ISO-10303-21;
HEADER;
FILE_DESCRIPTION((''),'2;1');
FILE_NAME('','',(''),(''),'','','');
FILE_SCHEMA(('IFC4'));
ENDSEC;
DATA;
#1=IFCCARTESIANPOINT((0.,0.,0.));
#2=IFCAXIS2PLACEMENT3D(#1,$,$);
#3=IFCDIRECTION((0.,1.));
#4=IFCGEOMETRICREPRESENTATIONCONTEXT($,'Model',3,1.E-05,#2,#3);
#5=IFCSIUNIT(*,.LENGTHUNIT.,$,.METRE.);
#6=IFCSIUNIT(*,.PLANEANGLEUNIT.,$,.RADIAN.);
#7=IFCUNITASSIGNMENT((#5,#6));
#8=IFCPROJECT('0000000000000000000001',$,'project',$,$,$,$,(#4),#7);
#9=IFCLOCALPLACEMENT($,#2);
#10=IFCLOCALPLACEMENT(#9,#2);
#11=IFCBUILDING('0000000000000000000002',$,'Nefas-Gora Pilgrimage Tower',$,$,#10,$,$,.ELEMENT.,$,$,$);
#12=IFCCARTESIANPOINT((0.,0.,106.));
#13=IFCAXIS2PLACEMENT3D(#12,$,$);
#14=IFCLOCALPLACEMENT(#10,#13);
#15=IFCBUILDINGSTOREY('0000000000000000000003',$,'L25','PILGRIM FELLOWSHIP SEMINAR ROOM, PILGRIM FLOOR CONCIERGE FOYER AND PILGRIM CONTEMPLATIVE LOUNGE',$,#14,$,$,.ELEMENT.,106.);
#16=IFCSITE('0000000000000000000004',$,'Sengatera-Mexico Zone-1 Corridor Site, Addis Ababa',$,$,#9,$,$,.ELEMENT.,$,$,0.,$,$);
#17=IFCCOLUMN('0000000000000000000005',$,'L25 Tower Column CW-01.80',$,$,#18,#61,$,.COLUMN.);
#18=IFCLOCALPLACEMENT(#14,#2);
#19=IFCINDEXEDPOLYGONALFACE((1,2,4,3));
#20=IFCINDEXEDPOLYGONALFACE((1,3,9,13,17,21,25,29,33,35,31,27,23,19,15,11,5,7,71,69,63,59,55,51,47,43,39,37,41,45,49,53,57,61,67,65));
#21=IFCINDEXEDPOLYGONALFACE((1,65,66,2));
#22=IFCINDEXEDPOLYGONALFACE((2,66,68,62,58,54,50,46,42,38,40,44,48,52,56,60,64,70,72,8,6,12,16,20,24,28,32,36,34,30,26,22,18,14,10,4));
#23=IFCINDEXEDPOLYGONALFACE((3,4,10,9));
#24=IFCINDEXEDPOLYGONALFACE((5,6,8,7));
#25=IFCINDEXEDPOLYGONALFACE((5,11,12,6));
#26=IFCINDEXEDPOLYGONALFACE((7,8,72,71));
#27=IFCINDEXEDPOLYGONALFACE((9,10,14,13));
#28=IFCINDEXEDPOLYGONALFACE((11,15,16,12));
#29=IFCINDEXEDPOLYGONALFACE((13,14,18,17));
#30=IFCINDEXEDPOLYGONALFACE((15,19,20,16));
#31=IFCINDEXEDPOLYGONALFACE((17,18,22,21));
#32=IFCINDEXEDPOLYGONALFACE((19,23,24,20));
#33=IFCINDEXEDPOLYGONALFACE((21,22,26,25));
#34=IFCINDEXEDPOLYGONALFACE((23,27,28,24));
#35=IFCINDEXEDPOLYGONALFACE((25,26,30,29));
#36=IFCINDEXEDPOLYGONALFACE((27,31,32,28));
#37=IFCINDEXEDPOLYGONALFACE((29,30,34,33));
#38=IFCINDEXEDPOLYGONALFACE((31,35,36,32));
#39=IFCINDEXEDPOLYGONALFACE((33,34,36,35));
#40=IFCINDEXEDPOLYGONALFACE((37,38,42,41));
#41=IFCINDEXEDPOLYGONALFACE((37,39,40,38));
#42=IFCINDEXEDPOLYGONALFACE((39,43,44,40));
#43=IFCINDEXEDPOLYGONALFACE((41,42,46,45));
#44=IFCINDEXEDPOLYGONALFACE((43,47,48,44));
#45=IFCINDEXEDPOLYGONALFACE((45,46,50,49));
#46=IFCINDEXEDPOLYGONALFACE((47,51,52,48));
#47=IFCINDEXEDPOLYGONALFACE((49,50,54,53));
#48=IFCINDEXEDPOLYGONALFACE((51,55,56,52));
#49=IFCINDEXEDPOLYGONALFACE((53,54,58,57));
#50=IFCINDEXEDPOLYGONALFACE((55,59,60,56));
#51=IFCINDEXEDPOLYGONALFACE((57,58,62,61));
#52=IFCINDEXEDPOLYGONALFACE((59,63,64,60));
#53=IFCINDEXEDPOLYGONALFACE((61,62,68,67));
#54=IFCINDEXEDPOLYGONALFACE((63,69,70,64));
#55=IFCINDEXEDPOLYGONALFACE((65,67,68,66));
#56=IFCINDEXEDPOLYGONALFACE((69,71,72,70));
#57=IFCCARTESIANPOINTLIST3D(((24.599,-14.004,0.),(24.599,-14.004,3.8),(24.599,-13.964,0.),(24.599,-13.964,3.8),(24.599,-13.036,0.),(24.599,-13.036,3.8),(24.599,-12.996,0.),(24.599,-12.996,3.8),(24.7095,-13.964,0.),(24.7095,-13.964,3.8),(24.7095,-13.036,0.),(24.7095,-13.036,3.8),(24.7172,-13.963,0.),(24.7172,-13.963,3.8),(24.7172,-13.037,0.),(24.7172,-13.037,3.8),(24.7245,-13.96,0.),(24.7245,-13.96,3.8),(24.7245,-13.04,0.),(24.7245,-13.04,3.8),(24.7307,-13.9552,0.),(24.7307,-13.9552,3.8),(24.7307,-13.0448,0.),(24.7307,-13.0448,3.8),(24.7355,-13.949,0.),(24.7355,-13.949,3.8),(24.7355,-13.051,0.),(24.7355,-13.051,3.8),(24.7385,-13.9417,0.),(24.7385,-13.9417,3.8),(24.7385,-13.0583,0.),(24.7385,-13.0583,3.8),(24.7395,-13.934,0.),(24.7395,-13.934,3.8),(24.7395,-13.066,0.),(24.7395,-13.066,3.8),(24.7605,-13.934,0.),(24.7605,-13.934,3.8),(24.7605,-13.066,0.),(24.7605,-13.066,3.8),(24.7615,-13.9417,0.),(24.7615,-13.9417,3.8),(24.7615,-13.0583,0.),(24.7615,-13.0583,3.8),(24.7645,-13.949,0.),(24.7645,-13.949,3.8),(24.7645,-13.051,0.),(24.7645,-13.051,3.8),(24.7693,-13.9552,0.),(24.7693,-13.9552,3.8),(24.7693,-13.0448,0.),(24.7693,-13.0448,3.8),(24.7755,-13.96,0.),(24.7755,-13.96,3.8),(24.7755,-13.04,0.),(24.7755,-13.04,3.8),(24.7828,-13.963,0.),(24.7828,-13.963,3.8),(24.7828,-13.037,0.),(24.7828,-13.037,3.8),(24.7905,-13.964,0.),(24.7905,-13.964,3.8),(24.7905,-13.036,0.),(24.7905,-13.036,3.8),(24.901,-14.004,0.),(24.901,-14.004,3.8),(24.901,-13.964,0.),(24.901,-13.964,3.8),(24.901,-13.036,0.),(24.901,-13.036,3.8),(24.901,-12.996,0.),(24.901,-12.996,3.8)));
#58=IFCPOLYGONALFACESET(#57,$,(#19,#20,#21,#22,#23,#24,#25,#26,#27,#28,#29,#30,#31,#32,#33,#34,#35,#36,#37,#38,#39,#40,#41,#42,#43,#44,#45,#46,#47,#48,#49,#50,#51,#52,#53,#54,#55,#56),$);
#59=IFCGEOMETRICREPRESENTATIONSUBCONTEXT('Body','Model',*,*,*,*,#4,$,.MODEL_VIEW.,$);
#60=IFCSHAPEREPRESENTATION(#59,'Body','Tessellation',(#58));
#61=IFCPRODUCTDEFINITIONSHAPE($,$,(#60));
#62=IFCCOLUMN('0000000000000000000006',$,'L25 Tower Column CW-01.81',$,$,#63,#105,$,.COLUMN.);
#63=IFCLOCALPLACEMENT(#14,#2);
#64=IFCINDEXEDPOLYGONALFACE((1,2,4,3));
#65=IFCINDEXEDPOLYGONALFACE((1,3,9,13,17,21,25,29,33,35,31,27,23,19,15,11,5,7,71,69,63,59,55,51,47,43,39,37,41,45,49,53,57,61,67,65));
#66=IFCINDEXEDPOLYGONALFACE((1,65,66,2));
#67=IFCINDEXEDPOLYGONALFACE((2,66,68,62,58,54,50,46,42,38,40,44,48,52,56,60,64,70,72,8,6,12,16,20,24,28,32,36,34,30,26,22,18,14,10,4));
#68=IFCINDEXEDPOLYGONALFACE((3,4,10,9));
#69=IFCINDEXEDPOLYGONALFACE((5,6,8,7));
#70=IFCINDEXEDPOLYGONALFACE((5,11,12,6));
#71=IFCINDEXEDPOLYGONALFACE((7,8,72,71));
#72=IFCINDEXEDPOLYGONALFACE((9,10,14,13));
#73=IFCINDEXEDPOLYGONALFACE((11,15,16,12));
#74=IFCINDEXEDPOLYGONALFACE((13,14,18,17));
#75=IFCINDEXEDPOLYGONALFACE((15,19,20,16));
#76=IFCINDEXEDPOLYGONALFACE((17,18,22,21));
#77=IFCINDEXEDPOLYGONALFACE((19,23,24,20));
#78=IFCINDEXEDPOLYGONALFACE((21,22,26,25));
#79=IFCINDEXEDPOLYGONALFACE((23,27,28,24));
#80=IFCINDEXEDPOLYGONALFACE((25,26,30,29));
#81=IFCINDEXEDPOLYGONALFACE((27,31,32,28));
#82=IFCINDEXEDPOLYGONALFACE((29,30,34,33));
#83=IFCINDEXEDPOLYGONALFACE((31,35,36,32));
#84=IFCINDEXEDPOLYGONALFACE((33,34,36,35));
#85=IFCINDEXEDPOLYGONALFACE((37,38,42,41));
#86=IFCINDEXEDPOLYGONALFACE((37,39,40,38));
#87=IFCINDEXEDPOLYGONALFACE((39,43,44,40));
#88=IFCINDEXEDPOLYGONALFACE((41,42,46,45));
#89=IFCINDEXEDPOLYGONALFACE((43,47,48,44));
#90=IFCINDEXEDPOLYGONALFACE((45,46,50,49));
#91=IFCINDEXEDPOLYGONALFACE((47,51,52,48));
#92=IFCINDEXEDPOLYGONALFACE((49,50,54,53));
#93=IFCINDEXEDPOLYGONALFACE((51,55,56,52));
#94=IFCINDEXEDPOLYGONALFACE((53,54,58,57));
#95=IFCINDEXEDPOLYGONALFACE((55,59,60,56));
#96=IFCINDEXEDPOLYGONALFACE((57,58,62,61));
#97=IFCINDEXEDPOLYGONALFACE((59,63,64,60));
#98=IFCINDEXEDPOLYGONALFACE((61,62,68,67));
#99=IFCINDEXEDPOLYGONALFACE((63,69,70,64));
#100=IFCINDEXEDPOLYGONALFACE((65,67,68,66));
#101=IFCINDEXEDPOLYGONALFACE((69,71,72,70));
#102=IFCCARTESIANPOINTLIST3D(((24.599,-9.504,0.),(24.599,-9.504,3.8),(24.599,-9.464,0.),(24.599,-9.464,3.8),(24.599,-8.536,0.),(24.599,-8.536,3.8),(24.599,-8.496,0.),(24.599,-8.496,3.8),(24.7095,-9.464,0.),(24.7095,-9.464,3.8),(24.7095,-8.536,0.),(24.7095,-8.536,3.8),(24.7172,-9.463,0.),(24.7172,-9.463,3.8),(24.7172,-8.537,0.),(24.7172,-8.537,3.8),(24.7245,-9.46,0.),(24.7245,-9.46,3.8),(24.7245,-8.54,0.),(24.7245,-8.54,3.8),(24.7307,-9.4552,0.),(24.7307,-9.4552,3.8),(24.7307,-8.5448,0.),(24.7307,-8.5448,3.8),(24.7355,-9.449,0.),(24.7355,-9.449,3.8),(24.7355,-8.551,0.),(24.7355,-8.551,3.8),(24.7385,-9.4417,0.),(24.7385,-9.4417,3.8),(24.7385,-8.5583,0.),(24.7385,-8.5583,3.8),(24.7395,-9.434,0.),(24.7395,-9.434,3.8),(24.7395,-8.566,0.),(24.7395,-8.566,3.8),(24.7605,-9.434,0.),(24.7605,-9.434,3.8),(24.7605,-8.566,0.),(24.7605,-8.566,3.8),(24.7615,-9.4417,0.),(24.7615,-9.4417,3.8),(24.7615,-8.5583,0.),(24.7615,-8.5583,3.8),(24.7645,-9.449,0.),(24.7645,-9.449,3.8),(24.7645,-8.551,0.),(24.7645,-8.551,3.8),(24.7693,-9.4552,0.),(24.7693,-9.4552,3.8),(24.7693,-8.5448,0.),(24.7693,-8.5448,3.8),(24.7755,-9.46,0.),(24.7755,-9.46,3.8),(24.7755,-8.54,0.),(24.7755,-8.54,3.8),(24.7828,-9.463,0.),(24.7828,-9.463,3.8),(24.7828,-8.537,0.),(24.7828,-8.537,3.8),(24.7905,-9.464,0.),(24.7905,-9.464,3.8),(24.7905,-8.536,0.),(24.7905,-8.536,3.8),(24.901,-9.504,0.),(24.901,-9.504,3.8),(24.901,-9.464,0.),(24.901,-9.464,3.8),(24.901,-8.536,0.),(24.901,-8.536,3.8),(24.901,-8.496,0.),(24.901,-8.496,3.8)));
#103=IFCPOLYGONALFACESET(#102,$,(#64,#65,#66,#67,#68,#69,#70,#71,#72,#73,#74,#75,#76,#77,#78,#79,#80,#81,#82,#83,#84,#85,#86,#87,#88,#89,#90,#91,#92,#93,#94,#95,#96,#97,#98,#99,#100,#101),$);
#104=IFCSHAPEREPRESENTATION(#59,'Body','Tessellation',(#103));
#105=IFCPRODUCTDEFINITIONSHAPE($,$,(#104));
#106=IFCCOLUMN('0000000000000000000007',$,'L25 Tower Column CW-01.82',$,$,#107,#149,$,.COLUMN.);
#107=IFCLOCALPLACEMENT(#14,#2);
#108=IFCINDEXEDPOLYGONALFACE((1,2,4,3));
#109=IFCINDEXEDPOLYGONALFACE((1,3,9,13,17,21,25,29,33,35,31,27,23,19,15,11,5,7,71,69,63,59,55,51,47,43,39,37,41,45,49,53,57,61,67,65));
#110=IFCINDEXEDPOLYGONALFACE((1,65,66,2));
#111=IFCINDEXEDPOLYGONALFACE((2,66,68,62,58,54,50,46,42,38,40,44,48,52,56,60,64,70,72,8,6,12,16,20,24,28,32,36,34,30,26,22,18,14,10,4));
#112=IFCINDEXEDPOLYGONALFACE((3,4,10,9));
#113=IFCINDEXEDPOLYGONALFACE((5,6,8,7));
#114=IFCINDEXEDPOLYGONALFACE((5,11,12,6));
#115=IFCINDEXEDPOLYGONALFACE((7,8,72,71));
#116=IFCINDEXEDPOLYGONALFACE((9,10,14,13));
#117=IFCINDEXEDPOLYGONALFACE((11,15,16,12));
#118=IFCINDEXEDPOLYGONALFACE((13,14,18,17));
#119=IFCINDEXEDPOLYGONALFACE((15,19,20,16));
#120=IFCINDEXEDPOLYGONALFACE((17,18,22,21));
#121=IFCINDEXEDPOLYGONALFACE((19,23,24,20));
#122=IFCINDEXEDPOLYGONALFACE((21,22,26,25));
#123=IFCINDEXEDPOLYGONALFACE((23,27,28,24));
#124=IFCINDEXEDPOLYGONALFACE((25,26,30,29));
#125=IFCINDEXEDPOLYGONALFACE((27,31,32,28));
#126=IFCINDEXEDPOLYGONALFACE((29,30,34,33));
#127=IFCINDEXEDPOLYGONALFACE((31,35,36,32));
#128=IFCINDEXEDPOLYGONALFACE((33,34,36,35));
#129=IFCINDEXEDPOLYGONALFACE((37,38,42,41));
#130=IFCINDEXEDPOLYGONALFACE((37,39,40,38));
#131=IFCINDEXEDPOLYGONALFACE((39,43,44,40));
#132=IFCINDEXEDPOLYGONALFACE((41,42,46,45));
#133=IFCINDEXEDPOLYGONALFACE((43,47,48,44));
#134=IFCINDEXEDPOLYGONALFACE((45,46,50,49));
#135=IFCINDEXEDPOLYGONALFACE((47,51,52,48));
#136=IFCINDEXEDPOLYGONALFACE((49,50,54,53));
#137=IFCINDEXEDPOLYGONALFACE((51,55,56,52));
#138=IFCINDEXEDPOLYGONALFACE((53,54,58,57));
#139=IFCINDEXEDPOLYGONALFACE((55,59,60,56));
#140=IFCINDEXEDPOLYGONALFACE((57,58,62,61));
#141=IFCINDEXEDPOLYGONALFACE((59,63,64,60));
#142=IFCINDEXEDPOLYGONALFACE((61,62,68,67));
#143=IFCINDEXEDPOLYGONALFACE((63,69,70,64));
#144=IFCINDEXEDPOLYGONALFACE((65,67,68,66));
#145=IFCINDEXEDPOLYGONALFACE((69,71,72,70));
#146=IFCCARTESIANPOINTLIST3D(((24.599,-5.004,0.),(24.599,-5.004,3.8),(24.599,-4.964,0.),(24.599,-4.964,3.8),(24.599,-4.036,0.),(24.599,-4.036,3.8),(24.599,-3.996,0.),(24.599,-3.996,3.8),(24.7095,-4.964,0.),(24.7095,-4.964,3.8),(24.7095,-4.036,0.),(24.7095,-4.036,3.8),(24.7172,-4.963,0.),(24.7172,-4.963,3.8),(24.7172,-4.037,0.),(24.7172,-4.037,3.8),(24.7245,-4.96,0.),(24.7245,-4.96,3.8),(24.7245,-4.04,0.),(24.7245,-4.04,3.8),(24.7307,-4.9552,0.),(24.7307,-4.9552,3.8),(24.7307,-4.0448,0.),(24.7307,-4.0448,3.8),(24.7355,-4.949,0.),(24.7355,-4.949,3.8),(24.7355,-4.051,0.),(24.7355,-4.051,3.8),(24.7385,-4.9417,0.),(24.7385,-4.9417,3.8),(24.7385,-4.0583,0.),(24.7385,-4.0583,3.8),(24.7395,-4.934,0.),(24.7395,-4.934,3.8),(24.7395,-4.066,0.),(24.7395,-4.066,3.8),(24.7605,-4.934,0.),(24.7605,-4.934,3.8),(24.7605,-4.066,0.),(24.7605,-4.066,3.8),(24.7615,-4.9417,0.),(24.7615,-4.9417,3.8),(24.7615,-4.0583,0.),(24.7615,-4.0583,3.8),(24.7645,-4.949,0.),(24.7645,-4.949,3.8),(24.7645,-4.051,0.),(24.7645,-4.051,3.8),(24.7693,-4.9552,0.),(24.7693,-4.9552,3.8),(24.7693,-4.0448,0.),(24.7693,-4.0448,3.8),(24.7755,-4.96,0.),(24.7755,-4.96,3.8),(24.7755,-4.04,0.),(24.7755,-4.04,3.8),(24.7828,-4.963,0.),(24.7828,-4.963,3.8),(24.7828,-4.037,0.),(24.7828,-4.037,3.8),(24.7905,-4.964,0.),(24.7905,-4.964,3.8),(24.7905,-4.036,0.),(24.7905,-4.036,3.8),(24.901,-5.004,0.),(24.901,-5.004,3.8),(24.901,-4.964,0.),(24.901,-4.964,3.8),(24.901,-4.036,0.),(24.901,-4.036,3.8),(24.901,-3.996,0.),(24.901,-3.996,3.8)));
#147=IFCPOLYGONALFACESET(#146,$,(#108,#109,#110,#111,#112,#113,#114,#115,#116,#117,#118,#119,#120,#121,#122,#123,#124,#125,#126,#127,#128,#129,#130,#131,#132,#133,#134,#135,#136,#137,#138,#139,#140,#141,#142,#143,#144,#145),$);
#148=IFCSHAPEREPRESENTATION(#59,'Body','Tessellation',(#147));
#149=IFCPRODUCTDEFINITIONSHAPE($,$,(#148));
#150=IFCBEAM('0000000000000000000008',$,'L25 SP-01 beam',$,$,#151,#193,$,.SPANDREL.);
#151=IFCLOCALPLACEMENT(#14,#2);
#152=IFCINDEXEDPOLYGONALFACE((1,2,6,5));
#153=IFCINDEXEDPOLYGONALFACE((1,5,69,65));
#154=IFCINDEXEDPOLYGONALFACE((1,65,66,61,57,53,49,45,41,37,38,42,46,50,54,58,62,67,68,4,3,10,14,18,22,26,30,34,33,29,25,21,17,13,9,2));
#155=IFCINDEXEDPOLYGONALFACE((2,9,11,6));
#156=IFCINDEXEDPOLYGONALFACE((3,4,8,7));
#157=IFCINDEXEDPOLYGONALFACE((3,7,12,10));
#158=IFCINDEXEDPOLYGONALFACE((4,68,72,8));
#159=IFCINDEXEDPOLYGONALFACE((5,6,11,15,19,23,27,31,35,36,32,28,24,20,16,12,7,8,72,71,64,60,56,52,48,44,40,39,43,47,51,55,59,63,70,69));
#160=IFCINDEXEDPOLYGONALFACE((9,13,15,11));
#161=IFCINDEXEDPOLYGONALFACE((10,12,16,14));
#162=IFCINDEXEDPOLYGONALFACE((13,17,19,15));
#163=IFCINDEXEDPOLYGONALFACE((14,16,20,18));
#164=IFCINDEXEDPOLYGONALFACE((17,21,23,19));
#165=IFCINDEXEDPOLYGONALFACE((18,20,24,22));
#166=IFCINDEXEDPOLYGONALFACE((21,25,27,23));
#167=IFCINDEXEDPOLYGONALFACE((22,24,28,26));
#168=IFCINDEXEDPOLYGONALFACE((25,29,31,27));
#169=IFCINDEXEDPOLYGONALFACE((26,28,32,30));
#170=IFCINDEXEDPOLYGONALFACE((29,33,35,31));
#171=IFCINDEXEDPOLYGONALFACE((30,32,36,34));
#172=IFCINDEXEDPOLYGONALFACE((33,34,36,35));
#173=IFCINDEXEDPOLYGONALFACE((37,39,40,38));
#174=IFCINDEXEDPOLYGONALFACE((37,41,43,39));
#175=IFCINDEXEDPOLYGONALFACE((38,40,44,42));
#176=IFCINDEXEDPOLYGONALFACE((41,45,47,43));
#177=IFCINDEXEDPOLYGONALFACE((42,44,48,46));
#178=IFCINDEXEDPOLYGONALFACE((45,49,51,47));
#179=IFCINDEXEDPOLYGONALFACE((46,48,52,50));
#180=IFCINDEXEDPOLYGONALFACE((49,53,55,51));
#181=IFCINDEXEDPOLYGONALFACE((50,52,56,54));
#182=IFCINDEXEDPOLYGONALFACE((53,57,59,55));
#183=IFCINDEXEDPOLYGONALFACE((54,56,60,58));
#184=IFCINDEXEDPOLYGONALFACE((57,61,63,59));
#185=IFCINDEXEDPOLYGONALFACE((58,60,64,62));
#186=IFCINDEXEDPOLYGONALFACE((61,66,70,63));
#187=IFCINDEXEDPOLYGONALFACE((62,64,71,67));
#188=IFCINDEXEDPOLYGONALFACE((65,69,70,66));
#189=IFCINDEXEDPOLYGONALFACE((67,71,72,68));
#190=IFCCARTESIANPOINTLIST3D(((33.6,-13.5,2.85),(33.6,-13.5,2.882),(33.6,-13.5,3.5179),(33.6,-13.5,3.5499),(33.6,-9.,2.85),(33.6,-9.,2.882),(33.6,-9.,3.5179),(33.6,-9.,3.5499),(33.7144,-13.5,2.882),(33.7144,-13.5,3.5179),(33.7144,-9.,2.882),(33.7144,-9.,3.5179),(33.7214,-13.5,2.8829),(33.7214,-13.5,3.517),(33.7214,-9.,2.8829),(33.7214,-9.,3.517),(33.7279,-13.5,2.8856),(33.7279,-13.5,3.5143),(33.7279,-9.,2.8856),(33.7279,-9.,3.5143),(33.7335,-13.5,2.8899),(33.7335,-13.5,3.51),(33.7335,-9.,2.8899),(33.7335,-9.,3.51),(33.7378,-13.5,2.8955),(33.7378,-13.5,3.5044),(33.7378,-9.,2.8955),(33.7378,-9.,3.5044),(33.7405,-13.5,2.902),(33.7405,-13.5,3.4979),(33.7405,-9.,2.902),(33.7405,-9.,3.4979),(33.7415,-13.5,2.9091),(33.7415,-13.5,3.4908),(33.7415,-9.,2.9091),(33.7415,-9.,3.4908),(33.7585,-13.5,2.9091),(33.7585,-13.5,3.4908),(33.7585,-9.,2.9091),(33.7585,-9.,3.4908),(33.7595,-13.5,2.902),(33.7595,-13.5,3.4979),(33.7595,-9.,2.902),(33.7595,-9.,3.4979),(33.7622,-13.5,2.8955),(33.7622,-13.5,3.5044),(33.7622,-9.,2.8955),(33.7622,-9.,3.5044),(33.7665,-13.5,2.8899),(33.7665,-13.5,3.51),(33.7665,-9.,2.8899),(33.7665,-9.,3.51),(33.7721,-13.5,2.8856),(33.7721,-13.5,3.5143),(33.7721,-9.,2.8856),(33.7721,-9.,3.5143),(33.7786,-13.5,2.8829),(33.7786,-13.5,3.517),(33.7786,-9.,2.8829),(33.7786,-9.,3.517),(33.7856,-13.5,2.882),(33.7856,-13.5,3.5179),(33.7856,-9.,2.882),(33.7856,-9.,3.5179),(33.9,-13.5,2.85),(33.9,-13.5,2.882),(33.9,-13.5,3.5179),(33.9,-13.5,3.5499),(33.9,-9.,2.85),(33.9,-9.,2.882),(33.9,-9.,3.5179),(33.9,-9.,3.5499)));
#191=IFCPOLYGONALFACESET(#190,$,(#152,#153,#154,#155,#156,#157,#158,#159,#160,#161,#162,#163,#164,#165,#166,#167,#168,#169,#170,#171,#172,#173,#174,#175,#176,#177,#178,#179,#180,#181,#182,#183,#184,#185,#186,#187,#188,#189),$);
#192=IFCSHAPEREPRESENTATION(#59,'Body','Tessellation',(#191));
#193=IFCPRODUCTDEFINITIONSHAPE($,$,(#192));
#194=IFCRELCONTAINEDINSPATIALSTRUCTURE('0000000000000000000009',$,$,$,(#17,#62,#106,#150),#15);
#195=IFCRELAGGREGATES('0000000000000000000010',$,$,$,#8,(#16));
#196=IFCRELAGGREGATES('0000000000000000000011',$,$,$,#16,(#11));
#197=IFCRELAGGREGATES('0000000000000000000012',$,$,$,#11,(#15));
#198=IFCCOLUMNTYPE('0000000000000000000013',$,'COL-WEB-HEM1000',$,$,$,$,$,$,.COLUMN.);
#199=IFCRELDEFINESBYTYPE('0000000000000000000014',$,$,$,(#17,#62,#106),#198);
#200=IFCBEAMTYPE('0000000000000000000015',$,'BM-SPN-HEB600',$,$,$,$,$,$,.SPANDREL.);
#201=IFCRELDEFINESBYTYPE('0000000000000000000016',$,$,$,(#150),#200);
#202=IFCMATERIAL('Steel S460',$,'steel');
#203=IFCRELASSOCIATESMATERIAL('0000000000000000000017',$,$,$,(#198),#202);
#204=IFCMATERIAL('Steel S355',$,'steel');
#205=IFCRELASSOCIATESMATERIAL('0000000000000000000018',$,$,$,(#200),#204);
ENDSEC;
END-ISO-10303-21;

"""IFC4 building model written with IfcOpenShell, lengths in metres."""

from ifc_helpers import new_model, si_unit, direction, frame, origin, origin_2d, place, context, subcontext, project, spatial, i_section, extrude, source, transform, mapped, material, material_profile, profile_set, type_object, element, save


model = new_model("IFC4")

# Units and contexts
model_context = context("Model", 3, precision=1e-05, world=origin(), true_north=direction((0.0, 1.0)))
body_context = subcontext(model_context, "Body", "Model", "MODEL_VIEW")
ifc_project = project(units=[si_unit("LENGTHUNIT", "METRE"), si_unit("PLANEANGLEUNIT", "RADIAN")], contexts=[model_context])

# Site, building, storey
site_placement = place(None, origin())
site = spatial("IfcSite", under=ifc_project, at=site_placement, Name="Sengatera-Mexico Zone-1 Corridor Site, Addis Ababa", CompositionType="ELEMENT", RefElevation=0.0)
building_placement = place(site_placement, origin())
building = spatial("IfcBuilding", under=site, at=building_placement, Name="Nefas-Gora Pilgrimage Tower", CompositionType="ELEMENT")
storey_placement = place(building_placement, frame((0.0, 0.0, 106.0)))
storey = spatial("IfcBuildingStorey", under=building, at=storey_placement, Name="L25", Description="PILGRIM FELLOWSHIP SEMINAR ROOM, PILGRIM FLOOR CONCIERGE FOYER AND PILGRIM CONTEMPLATIVE LOUNGE", CompositionType="ELEMENT", Elevation=106.0)

# Columns
ifc_material_1 = material(Name="Steel S460", Category="steel")
ifc_material_profile_1 = material_profile(ifc_material_1, i_section(OverallWidth=0.302, OverallDepth=1.0081, WebThickness=0.021, FlangeThickness=0.04, FilletRadius=0.03, at=origin_2d()), Name="HEM 1000")
ifc_profile_set_1 = profile_set([ifc_material_profile_1], Name="Steel S460")
column_type_1 = type_object("IfcColumnType", Name="COL-WEB-HEM1000", PredefinedType="COLUMN", material=ifc_profile_set_1)
shared_shape_1 = source(origin(), body_context, "Body", "SweptSolid", [
    extrude(i_section(OverallWidth=0.302, OverallDepth=1.0081, WebThickness=0.021, FlangeThickness=0.04, FilletRadius=0.03, at=origin_2d()), origin(), (0.0, 0.0, 1.0), 3.8),
])
for number, where, z_axis, x_axis, name in (
    (1, (24.75, -13.5, 0.0), (0.0, 0.0, 1.0), (1.0, 0.0, 0.0), "L25 Tower Column CW-01.80"),
    (2, (24.75, -9.0, 0.0), (0.0, 0.0, 1.0), (1.0, 0.0, 0.0), "L25 Tower Column CW-01.81"),
    (3, (24.75, -4.5, 0.0), (0.0, 0.0, 1.0), (1.0, 0.0, 0.0), "L25 Tower Column CW-01.82"),
):
    element("IfcColumn", number, at=place(storey_placement, frame(where, z_axis=z_axis, x_axis=x_axis)), inside=storey, type_object=column_type_1, Name=name, PredefinedType="COLUMN", context=body_context, shape_type="MappedRepresentation", body=[
        mapped(shared_shape_1, transform((0.0, 0.0, 0.0), x_axis=(1.0, 0.0, 0.0), y_axis=(0.0, 1.0, 0.0), z_axis=(0.0, 0.0, 1.0), scale=1.0)),
    ])

# Beam
ifc_material_2 = material(Name="Steel S355", Category="steel")
ifc_material_profile_2 = material_profile(ifc_material_2, i_section(OverallWidth=0.3, OverallDepth=0.7, WebThickness=0.0171, FlangeThickness=0.032, FilletRadius=0.0271, at=origin_2d()), Name="HEB 700")
ifc_profile_set_2 = profile_set([ifc_material_profile_2], Name="Steel S355")
beam_type_1 = type_object("IfcBeamType", Name="BM-SPN-HEB600", PredefinedType="SPANDREL", material=ifc_profile_set_2)
shared_shape_2 = source(origin(), body_context, "Body", "SweptSolid", [
    extrude(i_section(OverallWidth=0.3, OverallDepth=0.7, WebThickness=0.0171, FlangeThickness=0.032, FilletRadius=0.0271, at=origin_2d()), origin(), (0.0, 0.0, 1.0), 4.5),
])
for number, where, z_axis, x_axis, name in (
    (4, (33.75, -13.5, 3.2), (0.0, 1.0, 0.0), (-1.0, 0.0, 0.0), "L25 SP-01 beam"),
):
    element("IfcBeam", number, at=place(storey_placement, frame(where, z_axis=z_axis, x_axis=x_axis)), inside=storey, type_object=beam_type_1, Name=name, PredefinedType="SPANDREL", context=body_context, shape_type="MappedRepresentation", body=[
        mapped(shared_shape_2, transform((0.0, 0.0, 0.0), x_axis=(1.0, 0.0, 0.0), y_axis=(0.0, 1.0, 0.0), z_axis=(0.0, 0.0, 1.0), scale=1.0)),
    ])

save(model, "model.ifc")
